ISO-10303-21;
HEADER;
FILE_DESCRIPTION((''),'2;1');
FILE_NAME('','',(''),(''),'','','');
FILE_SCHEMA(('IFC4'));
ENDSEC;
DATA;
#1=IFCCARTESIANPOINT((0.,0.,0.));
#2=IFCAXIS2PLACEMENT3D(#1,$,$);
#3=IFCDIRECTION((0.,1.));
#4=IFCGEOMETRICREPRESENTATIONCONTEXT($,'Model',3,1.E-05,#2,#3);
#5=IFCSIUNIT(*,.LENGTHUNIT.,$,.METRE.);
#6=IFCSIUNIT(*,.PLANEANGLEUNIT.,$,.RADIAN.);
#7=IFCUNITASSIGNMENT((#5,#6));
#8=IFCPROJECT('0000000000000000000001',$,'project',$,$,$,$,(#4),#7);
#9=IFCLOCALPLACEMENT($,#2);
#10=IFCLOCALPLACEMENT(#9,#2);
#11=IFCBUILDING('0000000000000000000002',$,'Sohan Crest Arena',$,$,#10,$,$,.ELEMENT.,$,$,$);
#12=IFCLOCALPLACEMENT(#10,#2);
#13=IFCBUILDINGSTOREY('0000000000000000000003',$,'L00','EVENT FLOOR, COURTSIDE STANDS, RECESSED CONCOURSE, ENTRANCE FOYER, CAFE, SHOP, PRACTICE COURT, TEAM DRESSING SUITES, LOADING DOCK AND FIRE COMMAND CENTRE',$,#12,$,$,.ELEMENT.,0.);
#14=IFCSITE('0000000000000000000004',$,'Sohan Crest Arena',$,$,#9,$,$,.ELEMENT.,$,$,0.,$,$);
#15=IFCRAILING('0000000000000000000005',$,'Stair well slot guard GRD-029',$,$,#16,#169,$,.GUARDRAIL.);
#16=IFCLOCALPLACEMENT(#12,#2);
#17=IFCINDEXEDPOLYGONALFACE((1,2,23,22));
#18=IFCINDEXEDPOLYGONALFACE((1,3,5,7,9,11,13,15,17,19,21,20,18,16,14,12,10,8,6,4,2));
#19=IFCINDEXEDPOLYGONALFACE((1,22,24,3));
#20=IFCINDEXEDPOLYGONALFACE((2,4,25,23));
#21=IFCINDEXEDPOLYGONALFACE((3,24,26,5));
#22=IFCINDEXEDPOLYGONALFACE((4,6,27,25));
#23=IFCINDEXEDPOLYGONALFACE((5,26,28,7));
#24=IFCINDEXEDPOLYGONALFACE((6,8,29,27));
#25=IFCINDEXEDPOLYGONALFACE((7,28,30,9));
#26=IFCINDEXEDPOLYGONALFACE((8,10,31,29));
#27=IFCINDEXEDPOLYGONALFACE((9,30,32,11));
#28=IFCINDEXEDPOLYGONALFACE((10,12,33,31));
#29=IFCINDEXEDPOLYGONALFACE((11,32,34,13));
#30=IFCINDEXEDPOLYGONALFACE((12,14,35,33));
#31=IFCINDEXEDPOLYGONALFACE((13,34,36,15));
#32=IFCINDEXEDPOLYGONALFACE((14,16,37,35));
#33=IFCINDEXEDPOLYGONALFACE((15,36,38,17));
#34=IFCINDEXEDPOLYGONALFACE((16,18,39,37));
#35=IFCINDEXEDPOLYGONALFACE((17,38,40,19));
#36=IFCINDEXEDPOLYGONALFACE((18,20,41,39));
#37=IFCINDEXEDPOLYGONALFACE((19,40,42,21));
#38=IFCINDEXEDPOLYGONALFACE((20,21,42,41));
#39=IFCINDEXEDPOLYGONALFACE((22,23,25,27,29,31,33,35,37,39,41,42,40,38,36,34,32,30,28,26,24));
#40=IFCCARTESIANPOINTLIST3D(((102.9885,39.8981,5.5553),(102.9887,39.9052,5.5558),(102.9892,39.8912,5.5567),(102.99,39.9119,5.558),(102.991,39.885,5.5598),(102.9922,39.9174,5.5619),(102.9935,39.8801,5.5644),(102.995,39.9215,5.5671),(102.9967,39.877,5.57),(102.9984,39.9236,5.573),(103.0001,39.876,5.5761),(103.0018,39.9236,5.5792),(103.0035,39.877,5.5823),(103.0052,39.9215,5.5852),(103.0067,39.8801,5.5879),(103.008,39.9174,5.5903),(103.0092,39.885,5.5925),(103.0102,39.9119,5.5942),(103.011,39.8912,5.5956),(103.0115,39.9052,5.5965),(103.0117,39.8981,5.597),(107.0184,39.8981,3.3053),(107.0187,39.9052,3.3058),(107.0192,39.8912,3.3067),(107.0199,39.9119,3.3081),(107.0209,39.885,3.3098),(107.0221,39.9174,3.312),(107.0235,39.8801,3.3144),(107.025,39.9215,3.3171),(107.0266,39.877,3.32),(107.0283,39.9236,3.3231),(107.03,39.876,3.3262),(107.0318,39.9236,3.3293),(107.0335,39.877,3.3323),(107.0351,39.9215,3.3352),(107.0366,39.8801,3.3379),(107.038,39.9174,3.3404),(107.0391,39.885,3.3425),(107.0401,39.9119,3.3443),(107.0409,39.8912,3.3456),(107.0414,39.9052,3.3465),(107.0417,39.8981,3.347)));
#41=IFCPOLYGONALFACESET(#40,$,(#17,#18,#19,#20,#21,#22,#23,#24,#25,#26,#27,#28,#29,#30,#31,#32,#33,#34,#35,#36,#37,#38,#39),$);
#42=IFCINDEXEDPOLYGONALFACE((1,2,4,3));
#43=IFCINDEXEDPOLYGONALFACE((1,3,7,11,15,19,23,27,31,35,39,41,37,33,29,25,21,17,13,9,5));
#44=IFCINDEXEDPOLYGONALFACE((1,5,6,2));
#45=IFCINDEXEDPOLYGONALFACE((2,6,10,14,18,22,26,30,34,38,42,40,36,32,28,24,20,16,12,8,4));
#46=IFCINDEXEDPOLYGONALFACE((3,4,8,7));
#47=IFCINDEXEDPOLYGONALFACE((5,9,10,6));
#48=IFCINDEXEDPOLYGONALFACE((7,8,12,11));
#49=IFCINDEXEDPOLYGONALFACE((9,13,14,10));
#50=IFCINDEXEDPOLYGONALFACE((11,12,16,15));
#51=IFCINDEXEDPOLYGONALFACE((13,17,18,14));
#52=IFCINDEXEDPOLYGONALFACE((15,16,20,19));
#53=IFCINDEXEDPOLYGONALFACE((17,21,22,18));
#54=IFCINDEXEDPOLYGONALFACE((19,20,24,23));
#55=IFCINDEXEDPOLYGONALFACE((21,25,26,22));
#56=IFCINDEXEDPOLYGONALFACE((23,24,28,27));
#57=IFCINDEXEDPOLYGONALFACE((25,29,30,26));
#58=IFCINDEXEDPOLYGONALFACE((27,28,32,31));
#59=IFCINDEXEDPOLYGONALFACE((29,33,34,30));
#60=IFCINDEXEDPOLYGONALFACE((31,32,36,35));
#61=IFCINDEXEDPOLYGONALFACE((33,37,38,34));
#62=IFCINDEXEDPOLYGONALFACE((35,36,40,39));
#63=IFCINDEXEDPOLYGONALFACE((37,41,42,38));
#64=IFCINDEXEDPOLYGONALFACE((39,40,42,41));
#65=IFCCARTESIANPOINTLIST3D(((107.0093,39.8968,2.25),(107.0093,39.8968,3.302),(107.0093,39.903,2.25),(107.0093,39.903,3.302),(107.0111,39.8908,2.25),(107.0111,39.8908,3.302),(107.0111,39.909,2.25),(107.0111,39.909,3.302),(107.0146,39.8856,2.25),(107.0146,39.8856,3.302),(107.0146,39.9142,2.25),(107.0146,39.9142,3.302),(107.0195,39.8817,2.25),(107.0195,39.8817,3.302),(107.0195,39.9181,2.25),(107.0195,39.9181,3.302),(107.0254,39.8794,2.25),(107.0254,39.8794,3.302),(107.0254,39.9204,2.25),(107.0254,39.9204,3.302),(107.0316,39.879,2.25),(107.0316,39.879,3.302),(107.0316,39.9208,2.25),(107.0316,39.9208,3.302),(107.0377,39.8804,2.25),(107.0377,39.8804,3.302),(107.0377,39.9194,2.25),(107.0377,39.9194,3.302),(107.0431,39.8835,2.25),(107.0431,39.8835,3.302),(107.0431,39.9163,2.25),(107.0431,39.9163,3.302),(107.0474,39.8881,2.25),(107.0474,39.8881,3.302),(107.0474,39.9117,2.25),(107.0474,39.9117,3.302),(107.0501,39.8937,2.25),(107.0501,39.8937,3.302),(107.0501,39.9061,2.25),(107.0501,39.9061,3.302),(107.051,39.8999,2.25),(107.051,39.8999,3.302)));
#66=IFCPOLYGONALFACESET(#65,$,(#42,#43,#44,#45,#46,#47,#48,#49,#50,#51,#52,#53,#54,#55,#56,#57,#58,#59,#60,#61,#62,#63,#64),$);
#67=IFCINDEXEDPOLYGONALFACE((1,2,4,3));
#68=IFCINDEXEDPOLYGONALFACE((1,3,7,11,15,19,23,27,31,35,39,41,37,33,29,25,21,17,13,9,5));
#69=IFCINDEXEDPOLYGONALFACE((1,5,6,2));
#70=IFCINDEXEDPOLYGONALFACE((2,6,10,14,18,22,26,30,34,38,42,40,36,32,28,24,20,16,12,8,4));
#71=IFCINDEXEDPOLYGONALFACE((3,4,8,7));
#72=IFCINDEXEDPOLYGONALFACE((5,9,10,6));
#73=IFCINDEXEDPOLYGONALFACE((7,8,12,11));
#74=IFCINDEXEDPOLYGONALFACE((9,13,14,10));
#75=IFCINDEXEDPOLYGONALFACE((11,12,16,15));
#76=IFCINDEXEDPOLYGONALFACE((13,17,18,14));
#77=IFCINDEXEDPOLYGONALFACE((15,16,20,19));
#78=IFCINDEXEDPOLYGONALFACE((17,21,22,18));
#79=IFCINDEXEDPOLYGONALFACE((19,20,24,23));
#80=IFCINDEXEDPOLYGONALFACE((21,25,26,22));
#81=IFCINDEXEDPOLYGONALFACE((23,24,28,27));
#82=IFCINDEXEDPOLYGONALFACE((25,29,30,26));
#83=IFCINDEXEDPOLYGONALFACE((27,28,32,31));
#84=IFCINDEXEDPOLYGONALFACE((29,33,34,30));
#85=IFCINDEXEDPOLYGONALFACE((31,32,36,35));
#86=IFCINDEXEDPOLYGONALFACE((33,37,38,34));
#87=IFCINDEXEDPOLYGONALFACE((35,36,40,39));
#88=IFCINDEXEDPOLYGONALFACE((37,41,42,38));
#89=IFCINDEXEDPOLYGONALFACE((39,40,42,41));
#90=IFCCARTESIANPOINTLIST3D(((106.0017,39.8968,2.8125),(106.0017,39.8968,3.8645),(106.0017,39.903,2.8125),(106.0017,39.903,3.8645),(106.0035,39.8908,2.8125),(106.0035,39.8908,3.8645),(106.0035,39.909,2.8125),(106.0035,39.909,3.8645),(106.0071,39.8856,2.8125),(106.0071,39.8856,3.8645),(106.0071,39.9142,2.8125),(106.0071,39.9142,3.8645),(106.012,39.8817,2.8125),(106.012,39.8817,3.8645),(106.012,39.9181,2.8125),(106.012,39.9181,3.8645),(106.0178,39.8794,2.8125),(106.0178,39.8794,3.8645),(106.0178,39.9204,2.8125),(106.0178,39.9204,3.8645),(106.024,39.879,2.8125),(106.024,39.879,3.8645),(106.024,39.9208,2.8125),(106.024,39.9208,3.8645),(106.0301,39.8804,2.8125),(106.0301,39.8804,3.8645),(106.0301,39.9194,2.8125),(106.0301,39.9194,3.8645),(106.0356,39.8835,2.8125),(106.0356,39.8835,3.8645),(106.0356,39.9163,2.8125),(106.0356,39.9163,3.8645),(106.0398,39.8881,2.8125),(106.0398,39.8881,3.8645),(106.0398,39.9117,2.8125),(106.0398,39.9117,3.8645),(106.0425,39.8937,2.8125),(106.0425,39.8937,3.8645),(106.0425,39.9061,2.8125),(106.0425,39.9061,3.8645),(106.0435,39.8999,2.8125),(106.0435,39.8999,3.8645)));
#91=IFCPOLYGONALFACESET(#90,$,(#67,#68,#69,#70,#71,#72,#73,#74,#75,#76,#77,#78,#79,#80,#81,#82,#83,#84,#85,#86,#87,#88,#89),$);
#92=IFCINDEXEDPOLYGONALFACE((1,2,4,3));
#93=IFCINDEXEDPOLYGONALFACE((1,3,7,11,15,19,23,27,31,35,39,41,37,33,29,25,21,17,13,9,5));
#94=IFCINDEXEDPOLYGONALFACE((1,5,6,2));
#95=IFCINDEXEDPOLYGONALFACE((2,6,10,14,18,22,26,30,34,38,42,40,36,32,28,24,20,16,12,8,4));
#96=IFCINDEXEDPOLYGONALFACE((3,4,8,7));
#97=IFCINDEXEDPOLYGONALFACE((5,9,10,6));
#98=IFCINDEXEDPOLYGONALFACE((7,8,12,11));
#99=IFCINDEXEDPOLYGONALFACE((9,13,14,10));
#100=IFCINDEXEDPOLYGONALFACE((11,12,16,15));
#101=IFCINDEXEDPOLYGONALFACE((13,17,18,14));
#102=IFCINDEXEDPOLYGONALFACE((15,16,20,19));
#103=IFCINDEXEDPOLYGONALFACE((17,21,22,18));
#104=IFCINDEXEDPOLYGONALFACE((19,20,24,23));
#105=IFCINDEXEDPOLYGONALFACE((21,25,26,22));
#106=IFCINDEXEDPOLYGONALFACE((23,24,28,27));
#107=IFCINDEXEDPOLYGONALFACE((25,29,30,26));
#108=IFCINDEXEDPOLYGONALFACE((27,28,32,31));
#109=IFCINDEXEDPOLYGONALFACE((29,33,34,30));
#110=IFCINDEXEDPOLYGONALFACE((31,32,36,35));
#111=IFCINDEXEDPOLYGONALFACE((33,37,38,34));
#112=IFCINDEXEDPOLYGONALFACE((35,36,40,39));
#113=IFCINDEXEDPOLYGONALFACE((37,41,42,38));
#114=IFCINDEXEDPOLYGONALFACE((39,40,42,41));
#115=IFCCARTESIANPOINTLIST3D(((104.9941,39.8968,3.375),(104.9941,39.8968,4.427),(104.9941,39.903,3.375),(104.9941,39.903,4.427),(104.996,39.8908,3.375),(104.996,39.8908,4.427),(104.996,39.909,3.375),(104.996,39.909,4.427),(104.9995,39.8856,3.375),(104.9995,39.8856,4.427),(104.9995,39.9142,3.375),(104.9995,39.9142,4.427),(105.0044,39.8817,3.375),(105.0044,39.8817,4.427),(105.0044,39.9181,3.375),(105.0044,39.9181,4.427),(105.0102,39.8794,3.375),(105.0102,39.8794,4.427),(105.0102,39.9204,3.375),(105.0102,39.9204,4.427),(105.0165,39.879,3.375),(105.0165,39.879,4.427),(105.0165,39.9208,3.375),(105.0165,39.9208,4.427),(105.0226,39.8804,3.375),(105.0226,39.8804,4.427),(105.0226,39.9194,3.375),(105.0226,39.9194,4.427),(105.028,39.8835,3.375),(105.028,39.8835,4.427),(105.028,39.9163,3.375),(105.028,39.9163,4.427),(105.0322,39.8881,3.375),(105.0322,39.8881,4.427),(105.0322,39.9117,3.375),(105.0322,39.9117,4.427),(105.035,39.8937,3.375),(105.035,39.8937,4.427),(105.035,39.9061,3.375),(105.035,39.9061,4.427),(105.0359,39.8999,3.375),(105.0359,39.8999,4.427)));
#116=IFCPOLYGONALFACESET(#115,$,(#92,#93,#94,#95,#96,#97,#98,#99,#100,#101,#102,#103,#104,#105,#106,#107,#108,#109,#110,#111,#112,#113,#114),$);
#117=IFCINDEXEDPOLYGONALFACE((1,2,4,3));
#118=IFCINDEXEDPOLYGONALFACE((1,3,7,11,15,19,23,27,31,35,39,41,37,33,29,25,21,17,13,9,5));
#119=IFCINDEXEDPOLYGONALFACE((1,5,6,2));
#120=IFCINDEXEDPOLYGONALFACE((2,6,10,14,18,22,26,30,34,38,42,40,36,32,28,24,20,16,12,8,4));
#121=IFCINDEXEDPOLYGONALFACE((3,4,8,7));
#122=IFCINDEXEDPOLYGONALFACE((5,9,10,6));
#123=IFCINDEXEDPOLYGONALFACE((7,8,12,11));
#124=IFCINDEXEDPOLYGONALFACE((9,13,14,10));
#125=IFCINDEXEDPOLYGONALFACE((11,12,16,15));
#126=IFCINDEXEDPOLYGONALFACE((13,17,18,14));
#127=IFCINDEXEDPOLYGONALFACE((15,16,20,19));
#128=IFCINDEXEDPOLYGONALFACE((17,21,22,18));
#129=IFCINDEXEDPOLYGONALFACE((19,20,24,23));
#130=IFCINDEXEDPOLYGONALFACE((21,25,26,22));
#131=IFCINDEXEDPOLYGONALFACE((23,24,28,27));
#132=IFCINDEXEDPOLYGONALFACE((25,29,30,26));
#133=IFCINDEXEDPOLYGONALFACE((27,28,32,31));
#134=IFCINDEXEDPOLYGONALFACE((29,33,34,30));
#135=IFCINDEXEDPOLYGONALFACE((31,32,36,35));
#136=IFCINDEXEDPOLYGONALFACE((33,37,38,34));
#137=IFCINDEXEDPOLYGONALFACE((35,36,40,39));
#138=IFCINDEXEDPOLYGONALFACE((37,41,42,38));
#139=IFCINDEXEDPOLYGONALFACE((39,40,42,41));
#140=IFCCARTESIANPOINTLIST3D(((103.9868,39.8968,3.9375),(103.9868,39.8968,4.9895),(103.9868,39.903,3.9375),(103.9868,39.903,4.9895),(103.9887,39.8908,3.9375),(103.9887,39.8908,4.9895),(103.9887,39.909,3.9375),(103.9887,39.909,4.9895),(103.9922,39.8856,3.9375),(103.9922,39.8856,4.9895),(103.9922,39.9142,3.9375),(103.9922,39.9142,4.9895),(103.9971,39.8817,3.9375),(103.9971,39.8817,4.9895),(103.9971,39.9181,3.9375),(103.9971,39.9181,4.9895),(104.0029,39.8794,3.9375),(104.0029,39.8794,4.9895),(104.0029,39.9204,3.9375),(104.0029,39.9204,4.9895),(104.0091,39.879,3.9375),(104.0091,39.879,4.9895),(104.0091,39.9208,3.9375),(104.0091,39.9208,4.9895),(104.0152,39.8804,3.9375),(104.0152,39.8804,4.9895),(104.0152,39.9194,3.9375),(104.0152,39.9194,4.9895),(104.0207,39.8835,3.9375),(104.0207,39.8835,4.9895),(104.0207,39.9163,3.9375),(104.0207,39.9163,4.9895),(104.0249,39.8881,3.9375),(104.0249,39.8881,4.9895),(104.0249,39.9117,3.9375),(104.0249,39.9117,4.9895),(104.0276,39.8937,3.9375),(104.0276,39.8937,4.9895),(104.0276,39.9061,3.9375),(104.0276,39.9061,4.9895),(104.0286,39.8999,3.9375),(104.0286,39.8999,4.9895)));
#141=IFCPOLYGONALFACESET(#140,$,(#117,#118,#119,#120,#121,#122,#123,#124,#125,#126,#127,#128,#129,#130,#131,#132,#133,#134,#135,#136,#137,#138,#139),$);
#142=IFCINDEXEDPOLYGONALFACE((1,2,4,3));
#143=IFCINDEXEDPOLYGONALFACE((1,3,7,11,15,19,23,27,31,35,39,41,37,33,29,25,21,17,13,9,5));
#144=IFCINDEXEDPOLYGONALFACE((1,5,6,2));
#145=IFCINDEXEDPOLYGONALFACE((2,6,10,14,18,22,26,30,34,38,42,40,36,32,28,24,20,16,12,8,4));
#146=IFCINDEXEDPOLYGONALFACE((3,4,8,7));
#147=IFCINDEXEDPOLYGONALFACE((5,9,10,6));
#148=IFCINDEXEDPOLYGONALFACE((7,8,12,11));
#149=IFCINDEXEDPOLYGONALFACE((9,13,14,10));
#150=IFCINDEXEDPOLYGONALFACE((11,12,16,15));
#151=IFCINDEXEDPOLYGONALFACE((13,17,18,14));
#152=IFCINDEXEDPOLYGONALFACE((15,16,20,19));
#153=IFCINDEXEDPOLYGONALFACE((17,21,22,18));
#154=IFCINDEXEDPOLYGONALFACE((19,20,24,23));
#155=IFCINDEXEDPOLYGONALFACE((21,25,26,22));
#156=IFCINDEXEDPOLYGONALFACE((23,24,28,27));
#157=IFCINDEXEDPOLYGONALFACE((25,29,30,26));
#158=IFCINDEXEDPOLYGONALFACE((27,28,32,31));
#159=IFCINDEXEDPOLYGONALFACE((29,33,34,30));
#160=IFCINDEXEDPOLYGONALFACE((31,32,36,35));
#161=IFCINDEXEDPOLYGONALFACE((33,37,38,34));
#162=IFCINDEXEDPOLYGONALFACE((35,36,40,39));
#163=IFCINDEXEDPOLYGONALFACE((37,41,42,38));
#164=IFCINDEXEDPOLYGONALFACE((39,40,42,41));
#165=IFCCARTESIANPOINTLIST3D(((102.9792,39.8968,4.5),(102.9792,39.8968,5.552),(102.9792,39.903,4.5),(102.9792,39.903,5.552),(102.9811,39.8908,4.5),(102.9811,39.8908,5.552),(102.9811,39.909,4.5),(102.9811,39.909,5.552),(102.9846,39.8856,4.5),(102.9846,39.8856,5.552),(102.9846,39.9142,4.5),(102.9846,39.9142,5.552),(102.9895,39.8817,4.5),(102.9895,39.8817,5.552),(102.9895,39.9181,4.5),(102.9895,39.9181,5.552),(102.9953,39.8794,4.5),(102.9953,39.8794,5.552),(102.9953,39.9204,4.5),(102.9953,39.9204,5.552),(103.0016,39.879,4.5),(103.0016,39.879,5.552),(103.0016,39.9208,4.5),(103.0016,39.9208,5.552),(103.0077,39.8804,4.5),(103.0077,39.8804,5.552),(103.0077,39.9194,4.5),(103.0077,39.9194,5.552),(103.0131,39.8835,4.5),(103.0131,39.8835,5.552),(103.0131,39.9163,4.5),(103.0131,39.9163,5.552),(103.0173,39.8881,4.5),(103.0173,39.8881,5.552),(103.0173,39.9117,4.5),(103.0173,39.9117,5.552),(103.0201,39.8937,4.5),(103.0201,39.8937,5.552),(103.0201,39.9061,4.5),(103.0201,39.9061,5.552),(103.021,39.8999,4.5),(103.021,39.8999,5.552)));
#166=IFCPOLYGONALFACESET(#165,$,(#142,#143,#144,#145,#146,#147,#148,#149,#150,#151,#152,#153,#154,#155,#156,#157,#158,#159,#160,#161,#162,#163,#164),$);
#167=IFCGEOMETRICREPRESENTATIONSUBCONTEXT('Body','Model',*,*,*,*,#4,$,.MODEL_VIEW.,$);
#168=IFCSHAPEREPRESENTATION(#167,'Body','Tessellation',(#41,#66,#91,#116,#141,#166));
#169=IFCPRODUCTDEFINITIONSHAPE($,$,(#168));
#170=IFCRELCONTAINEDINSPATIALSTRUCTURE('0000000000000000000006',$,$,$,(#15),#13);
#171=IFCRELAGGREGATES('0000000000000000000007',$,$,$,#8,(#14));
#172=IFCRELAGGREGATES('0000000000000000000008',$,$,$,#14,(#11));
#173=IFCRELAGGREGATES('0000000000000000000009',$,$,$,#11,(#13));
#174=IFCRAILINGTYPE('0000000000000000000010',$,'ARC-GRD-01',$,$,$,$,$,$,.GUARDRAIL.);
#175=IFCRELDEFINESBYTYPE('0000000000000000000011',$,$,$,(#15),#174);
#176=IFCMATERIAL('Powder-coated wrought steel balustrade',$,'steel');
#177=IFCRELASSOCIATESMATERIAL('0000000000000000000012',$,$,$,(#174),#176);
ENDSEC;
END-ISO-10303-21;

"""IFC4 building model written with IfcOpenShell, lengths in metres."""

from ifc_helpers import new_model, si_unit, direction, frame, origin, origin_2d, place, context, subcontext, project, spatial, circle, extrude, material, type_object, element, save


model = new_model("IFC4")

# Units and contexts
model_context = context("Model", 3, precision=1e-05, world=origin(), true_north=direction((0.0, 1.0)))
body_context = subcontext(model_context, "Body", "Model", "MODEL_VIEW")
ifc_project = project(units=[si_unit("LENGTHUNIT", "METRE"), si_unit("PLANEANGLEUNIT", "RADIAN")], contexts=[model_context])

# Site, building, storey
site_placement = place(None, origin())
site = spatial("IfcSite", under=ifc_project, at=site_placement, Name="Sohan Crest Arena", CompositionType="ELEMENT", RefElevation=0.0)
building_placement = place(site_placement, origin())
building = spatial("IfcBuilding", under=site, at=building_placement, Name="Sohan Crest Arena", CompositionType="ELEMENT")
storey_placement = place(building_placement, origin())
storey = spatial("IfcBuildingStorey", under=building, at=storey_placement, Name="L00", Description="EVENT FLOOR, COURTSIDE STANDS, RECESSED CONCOURSE, ENTRANCE FOYER, CAFE, SHOP, PRACTICE COURT, TEAM DRESSING SUITES, LOADING DOCK AND FIRE COMMAND CENTRE", CompositionType="ELEMENT", Elevation=0.0)

# Railing
ifc_material_1 = material(Name="Powder-coated wrought steel balustrade", Category="steel")
railing_type_1 = type_object("IfcRailingType", Name="ARC-GRD-01", PredefinedType="GUARDRAIL", material=ifc_material_1)
for number, where, name in (
    (1, (107.03, 39.8999, 2.25), "Stair well slot guard GRD-029"),
):
    element("IfcRailing", number, at=place(storey_placement, frame(where)), inside=storey, type_object=railing_type_1, Name=name, PredefinedType="GUARDRAIL", context=body_context, shape_type="SweptSolid", body=[
        extrude(circle(Radius=0.0239, at=origin_2d()), frame((0.0, 0.0, 1.0762), z_axis=(-0.873135, 0.0, 0.487479), x_axis=(0.0, -1.0, 0.0)), (0.0, 0.0, 1.0), 4.6155),
        extrude(circle(Radius=0.021, at=origin_2d()), origin(), (0.0, 0.0, 1.0), 1.052),
        extrude(circle(Radius=0.021, at=origin_2d()), frame((-1.0076, 0.0, 0.5625)), (0.0, 0.0, 1.0), 1.052),
        extrude(circle(Radius=0.021, at=origin_2d()), frame((-2.0151, 0.0, 1.125)), (0.0, 0.0, 1.0), 1.052),
        extrude(circle(Radius=0.021, at=origin_2d()), frame((-3.0225, 0.0, 1.6875)), (0.0, 0.0, 1.0), 1.052),
        extrude(circle(Radius=0.021, at=origin_2d()), frame((-4.03, 0.0, 2.25)), (0.0, 0.0, 1.0), 1.052),
    ])

save(model, "model.ifc")
